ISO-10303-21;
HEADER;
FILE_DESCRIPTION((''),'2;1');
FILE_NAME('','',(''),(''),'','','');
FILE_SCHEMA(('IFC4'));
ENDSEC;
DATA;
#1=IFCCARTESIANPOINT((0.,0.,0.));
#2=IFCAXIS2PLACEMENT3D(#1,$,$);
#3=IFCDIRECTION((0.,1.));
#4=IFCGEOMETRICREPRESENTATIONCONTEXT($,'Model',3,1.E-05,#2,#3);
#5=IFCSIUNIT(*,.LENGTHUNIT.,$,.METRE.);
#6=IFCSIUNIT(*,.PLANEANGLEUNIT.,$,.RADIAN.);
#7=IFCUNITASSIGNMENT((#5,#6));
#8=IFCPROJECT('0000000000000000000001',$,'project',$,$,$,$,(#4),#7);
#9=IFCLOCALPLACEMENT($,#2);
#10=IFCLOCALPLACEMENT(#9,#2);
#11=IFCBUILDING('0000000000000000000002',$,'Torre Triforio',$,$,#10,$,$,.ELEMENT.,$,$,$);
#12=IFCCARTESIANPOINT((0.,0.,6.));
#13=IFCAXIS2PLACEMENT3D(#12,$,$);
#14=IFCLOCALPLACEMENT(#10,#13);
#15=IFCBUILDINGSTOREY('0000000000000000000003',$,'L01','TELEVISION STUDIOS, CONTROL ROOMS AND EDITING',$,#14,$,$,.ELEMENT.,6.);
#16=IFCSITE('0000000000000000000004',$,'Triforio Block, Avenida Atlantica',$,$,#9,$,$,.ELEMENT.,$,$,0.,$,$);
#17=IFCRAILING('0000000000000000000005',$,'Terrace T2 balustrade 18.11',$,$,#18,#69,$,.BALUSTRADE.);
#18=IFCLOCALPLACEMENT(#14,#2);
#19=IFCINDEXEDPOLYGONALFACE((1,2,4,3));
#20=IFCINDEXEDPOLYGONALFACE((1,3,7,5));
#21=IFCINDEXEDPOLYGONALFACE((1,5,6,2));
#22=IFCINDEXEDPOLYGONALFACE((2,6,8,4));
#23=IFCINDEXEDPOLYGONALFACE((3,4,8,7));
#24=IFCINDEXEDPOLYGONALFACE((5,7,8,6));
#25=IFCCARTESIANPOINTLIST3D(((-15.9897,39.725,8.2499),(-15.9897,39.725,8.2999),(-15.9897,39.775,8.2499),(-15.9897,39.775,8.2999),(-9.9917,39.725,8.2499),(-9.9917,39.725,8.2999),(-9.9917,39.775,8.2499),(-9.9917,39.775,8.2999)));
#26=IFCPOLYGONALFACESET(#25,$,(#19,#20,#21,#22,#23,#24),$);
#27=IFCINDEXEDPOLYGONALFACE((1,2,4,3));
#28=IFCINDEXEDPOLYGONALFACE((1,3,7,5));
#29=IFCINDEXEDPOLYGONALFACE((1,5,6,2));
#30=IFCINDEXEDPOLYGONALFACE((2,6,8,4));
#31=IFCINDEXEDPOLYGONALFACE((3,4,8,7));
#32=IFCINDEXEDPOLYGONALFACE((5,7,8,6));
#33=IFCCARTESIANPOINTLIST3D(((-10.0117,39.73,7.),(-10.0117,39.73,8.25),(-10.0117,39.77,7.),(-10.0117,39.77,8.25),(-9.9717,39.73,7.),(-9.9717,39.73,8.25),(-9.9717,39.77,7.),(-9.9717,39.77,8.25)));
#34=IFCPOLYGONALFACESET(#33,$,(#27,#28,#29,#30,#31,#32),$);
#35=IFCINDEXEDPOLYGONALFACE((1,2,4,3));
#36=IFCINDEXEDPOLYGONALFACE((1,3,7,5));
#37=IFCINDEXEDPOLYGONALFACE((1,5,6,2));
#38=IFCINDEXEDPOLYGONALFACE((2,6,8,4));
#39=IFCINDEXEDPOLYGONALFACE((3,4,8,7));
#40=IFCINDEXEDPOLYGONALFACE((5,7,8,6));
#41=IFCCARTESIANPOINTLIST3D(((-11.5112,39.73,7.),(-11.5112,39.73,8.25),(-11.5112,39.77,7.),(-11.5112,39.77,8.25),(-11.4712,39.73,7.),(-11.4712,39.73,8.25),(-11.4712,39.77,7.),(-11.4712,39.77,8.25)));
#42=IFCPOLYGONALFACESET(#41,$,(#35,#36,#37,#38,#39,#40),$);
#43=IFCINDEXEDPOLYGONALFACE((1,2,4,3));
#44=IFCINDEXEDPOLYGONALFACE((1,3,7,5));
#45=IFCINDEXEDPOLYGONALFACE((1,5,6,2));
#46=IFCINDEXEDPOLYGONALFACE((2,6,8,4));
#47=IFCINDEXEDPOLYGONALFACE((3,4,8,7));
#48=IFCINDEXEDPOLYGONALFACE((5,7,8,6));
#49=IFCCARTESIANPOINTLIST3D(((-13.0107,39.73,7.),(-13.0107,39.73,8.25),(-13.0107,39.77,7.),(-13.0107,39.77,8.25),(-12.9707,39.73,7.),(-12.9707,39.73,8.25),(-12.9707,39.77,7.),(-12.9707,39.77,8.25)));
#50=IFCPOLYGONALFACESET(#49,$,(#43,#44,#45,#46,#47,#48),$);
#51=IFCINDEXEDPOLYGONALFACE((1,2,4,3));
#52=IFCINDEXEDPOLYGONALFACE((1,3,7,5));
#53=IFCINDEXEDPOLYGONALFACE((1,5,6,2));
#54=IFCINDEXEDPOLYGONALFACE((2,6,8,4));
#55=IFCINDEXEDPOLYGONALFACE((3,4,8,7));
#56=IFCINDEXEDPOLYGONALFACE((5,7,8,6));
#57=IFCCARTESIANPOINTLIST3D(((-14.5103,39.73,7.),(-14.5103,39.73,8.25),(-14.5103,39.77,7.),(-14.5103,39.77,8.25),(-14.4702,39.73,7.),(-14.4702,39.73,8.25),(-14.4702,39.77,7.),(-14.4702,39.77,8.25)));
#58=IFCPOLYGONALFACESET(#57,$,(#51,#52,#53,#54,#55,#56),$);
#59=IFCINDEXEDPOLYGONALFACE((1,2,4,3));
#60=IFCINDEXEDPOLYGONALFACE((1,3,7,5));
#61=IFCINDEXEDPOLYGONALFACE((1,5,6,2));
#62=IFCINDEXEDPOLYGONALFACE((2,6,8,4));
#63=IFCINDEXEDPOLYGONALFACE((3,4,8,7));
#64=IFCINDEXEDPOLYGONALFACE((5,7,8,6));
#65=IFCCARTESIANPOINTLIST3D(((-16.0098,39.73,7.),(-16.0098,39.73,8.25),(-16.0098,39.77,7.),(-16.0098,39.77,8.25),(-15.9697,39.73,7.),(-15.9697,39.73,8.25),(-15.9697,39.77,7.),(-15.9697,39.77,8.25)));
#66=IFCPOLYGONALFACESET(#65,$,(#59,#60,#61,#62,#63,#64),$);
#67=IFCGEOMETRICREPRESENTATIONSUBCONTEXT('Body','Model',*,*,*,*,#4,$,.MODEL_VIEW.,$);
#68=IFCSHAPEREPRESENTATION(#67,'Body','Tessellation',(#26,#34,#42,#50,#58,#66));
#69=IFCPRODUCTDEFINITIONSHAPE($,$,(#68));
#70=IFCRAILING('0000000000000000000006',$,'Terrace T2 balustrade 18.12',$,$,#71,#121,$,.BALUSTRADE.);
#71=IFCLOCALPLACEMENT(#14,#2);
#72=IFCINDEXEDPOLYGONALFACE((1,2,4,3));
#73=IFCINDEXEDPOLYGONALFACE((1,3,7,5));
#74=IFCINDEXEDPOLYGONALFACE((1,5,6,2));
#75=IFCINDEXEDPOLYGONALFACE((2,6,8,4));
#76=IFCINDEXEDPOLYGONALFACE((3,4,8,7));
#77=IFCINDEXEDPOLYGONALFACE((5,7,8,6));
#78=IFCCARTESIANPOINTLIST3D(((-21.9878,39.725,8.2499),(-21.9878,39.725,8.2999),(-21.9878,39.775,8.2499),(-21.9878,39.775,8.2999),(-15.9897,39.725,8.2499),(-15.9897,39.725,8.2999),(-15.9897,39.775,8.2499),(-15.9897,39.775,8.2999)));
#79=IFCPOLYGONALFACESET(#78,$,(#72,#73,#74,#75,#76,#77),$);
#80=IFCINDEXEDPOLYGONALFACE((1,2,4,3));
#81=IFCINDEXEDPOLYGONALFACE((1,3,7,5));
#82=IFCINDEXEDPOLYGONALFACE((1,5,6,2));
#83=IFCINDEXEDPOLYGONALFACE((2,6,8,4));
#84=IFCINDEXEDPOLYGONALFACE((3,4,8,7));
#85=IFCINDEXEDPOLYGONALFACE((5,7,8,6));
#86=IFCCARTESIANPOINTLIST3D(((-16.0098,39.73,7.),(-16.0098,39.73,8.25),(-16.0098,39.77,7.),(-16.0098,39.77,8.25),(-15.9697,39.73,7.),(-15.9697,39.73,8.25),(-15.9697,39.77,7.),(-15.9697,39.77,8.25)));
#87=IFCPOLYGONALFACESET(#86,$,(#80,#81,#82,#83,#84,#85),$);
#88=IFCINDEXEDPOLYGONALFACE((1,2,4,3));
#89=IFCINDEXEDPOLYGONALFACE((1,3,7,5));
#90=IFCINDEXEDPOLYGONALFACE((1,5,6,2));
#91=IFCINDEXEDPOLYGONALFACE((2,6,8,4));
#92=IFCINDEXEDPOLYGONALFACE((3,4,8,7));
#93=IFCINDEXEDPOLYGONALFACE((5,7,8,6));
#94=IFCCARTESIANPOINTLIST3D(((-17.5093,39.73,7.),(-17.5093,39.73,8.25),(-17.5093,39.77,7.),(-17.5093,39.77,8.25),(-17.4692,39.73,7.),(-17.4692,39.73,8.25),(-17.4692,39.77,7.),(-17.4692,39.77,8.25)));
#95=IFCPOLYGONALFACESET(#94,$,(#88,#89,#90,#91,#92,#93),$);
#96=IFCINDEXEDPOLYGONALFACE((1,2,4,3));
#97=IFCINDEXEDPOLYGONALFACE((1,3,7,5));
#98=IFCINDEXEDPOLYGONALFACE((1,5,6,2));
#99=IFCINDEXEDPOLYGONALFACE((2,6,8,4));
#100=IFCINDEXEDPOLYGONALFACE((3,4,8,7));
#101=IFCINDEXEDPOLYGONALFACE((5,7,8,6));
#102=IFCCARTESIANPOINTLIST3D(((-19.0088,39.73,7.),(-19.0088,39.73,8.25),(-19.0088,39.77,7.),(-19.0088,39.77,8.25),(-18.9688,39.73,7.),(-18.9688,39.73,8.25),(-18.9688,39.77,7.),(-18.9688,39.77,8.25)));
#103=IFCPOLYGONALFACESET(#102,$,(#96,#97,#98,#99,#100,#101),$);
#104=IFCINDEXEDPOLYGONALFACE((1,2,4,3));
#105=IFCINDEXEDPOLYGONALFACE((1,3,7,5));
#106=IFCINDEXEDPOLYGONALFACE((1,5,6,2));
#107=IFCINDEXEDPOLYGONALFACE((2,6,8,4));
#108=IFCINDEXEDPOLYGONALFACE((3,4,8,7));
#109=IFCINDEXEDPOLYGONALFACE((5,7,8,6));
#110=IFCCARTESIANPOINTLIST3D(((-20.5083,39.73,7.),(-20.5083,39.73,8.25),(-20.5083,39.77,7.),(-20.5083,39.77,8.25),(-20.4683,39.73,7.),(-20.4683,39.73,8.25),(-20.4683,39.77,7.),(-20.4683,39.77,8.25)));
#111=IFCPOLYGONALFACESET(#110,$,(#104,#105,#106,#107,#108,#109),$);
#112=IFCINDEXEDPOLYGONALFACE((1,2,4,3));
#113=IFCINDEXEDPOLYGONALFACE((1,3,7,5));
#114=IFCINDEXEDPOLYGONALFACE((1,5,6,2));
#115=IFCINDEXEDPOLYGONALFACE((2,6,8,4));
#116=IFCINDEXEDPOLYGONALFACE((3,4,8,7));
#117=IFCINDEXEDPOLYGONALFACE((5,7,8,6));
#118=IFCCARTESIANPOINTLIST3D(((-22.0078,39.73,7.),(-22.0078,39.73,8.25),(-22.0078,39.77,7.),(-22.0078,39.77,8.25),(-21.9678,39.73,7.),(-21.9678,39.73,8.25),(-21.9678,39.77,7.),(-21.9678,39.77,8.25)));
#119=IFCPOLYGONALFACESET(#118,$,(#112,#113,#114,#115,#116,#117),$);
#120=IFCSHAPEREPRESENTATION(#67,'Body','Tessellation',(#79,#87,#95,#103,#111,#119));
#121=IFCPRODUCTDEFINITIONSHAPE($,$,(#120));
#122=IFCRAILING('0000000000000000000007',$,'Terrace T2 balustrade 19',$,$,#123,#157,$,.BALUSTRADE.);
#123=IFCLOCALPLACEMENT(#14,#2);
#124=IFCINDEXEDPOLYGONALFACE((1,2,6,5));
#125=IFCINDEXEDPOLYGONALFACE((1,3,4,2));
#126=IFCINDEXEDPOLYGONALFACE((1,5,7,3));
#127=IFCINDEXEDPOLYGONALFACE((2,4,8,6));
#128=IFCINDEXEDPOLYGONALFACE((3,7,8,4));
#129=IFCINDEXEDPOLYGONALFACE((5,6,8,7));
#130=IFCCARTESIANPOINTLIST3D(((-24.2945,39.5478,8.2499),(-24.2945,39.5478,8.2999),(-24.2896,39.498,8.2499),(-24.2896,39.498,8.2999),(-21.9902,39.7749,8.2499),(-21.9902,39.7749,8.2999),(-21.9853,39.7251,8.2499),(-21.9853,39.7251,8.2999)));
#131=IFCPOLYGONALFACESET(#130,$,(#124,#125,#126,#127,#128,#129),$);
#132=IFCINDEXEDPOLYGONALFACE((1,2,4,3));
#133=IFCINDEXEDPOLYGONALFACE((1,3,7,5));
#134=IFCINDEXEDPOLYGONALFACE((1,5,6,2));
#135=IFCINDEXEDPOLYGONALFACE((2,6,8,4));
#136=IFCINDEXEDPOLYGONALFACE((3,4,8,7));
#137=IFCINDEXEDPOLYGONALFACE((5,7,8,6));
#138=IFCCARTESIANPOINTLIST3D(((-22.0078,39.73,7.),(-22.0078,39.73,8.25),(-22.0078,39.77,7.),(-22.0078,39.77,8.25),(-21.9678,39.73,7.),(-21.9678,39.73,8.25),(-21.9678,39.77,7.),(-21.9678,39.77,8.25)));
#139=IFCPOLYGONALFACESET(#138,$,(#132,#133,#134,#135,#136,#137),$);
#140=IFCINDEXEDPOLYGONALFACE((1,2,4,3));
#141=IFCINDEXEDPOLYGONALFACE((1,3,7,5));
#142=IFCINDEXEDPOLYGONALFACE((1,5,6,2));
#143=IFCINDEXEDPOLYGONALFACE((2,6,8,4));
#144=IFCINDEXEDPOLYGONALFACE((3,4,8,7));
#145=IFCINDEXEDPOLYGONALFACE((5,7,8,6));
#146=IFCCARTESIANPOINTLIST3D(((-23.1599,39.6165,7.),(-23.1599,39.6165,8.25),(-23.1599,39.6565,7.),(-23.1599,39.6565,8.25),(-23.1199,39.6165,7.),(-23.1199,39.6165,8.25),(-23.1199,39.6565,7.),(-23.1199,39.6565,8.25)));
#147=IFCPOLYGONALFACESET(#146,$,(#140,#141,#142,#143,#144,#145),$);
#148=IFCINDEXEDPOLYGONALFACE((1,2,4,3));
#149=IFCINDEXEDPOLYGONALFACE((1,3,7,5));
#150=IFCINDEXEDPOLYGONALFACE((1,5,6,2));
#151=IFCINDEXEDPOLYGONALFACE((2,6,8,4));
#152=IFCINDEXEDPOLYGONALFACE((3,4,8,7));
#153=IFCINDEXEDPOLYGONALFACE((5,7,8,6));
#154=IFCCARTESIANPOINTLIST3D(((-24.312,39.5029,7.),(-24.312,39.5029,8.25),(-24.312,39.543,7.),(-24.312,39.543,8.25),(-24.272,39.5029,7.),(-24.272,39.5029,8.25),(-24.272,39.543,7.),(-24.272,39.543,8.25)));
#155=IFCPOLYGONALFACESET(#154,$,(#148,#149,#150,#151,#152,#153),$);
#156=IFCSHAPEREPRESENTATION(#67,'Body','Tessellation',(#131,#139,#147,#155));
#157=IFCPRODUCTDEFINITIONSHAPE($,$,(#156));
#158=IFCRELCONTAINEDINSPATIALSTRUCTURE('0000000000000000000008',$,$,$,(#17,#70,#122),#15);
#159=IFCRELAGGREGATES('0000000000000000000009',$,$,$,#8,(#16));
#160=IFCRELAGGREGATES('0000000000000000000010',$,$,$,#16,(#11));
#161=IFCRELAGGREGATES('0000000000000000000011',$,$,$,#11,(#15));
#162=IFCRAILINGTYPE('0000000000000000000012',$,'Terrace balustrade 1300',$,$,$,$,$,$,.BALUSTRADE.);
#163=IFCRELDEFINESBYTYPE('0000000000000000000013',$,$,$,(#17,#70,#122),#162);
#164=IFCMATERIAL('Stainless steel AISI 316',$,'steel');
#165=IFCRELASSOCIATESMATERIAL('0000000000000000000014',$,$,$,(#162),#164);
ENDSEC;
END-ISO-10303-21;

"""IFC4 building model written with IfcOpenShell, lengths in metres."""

from ifc_helpers import new_model, si_unit, direction, frame, origin, origin_2d, place, context, subcontext, project, spatial, rectangle, extrude, material, type_object, element, save


model = new_model("IFC4")

# Units and contexts
model_context = context("Model", 3, precision=1e-05, world=origin(), true_north=direction((0.0, 1.0)))
body_context = subcontext(model_context, "Body", "Model", "MODEL_VIEW")
ifc_project = project(units=[si_unit("LENGTHUNIT", "METRE"), si_unit("PLANEANGLEUNIT", "RADIAN")], contexts=[model_context])

# Site, building, storey
site_placement = place(None, origin())
site = spatial("IfcSite", under=ifc_project, at=site_placement, Name="Triforio Block, Avenida Atlantica", CompositionType="ELEMENT", RefElevation=0.0)
building_placement = place(site_placement, origin())
building = spatial("IfcBuilding", under=site, at=building_placement, Name="Torre Triforio", CompositionType="ELEMENT")
storey_placement = place(building_placement, frame((0.0, 0.0, 6.0)))
storey = spatial("IfcBuildingStorey", under=building, at=storey_placement, Name="L01", Description="TELEVISION STUDIOS, CONTROL ROOMS AND EDITING", CompositionType="ELEMENT", Elevation=6.0)

# Railings
ifc_material_1 = material(Name="Stainless steel AISI 316", Category="steel")
railing_type = type_object("IfcRailingType", Name="Terrace balustrade 1300", PredefinedType="BALUSTRADE", material=ifc_material_1)
for number, where, name in (
    (1, (-9.9917, 39.75, 7.0), "Terrace T2 balustrade 18.11"),
    (2, (-15.9897, 39.75, 7.0), "Terrace T2 balustrade 18.12"),
):
    element("IfcRailing", number, at=place(storey_placement, frame(where)), inside=storey, type_object=railing_type, Name=name, PredefinedType="BALUSTRADE", context=body_context, shape_type="SweptSolid", body=[
        extrude(rectangle(XDim=0.05, YDim=0.05, at=origin_2d()), frame((0.0, 0.0, 1.2749), z_axis=(-1.0, 0.0, 0.0), x_axis=(0.0, -1.0, 0.0)), (0.0, 0.0, 1.0), 5.998),
        extrude(rectangle(XDim=0.04, YDim=0.04, at=origin_2d()), origin(), (0.0, 0.0, 1.0), 1.25),
        extrude(rectangle(XDim=0.04, YDim=0.04, at=origin_2d()), frame((-1.4995, 0.0, 0.0)), (0.0, 0.0, 1.0), 1.25),
        extrude(rectangle(XDim=0.04, YDim=0.04, at=origin_2d()), frame((-2.999, 0.0, 0.0)), (0.0, 0.0, 1.0), 1.25),
        extrude(rectangle(XDim=0.04, YDim=0.04, at=origin_2d()), frame((-4.4985, 0.0, 0.0)), (0.0, 0.0, 1.0), 1.25),
        extrude(rectangle(XDim=0.04, YDim=0.04, at=origin_2d()), frame((-5.998, 0.0, 0.0)), (0.0, 0.0, 1.0), 1.25),
    ])
railing_1_placement = place(storey_placement, frame((-21.9878, 39.75, 7.0)))
element("IfcRailing", 3, at=railing_1_placement, inside=storey, type_object=railing_type, Name="Terrace T2 balustrade 19", PredefinedType="BALUSTRADE", context=body_context, shape_type="SweptSolid", body=[
    extrude(rectangle(XDim=0.05, YDim=0.05, at=origin_2d()), frame((0.0, 0.0, 1.2749), z_axis=(-0.99518, -0.098063, 0.0), x_axis=(0.098063, -0.99518, 0.0)), (0.0, 0.0, 1.0), 2.3154),
    extrude(rectangle(XDim=0.04, YDim=0.04, at=origin_2d()), origin(), (0.0, 0.0, 1.0), 1.25),
    extrude(rectangle(XDim=0.04, YDim=0.04, at=origin_2d()), frame((-1.1521, -0.1135, 0.0)), (0.0, 0.0, 1.0), 1.25),
    extrude(rectangle(XDim=0.04, YDim=0.04, at=origin_2d()), frame((-2.3042, -0.2271, 0.0)), (0.0, 0.0, 1.0), 1.25),
])

save(model, "model.ifc")
